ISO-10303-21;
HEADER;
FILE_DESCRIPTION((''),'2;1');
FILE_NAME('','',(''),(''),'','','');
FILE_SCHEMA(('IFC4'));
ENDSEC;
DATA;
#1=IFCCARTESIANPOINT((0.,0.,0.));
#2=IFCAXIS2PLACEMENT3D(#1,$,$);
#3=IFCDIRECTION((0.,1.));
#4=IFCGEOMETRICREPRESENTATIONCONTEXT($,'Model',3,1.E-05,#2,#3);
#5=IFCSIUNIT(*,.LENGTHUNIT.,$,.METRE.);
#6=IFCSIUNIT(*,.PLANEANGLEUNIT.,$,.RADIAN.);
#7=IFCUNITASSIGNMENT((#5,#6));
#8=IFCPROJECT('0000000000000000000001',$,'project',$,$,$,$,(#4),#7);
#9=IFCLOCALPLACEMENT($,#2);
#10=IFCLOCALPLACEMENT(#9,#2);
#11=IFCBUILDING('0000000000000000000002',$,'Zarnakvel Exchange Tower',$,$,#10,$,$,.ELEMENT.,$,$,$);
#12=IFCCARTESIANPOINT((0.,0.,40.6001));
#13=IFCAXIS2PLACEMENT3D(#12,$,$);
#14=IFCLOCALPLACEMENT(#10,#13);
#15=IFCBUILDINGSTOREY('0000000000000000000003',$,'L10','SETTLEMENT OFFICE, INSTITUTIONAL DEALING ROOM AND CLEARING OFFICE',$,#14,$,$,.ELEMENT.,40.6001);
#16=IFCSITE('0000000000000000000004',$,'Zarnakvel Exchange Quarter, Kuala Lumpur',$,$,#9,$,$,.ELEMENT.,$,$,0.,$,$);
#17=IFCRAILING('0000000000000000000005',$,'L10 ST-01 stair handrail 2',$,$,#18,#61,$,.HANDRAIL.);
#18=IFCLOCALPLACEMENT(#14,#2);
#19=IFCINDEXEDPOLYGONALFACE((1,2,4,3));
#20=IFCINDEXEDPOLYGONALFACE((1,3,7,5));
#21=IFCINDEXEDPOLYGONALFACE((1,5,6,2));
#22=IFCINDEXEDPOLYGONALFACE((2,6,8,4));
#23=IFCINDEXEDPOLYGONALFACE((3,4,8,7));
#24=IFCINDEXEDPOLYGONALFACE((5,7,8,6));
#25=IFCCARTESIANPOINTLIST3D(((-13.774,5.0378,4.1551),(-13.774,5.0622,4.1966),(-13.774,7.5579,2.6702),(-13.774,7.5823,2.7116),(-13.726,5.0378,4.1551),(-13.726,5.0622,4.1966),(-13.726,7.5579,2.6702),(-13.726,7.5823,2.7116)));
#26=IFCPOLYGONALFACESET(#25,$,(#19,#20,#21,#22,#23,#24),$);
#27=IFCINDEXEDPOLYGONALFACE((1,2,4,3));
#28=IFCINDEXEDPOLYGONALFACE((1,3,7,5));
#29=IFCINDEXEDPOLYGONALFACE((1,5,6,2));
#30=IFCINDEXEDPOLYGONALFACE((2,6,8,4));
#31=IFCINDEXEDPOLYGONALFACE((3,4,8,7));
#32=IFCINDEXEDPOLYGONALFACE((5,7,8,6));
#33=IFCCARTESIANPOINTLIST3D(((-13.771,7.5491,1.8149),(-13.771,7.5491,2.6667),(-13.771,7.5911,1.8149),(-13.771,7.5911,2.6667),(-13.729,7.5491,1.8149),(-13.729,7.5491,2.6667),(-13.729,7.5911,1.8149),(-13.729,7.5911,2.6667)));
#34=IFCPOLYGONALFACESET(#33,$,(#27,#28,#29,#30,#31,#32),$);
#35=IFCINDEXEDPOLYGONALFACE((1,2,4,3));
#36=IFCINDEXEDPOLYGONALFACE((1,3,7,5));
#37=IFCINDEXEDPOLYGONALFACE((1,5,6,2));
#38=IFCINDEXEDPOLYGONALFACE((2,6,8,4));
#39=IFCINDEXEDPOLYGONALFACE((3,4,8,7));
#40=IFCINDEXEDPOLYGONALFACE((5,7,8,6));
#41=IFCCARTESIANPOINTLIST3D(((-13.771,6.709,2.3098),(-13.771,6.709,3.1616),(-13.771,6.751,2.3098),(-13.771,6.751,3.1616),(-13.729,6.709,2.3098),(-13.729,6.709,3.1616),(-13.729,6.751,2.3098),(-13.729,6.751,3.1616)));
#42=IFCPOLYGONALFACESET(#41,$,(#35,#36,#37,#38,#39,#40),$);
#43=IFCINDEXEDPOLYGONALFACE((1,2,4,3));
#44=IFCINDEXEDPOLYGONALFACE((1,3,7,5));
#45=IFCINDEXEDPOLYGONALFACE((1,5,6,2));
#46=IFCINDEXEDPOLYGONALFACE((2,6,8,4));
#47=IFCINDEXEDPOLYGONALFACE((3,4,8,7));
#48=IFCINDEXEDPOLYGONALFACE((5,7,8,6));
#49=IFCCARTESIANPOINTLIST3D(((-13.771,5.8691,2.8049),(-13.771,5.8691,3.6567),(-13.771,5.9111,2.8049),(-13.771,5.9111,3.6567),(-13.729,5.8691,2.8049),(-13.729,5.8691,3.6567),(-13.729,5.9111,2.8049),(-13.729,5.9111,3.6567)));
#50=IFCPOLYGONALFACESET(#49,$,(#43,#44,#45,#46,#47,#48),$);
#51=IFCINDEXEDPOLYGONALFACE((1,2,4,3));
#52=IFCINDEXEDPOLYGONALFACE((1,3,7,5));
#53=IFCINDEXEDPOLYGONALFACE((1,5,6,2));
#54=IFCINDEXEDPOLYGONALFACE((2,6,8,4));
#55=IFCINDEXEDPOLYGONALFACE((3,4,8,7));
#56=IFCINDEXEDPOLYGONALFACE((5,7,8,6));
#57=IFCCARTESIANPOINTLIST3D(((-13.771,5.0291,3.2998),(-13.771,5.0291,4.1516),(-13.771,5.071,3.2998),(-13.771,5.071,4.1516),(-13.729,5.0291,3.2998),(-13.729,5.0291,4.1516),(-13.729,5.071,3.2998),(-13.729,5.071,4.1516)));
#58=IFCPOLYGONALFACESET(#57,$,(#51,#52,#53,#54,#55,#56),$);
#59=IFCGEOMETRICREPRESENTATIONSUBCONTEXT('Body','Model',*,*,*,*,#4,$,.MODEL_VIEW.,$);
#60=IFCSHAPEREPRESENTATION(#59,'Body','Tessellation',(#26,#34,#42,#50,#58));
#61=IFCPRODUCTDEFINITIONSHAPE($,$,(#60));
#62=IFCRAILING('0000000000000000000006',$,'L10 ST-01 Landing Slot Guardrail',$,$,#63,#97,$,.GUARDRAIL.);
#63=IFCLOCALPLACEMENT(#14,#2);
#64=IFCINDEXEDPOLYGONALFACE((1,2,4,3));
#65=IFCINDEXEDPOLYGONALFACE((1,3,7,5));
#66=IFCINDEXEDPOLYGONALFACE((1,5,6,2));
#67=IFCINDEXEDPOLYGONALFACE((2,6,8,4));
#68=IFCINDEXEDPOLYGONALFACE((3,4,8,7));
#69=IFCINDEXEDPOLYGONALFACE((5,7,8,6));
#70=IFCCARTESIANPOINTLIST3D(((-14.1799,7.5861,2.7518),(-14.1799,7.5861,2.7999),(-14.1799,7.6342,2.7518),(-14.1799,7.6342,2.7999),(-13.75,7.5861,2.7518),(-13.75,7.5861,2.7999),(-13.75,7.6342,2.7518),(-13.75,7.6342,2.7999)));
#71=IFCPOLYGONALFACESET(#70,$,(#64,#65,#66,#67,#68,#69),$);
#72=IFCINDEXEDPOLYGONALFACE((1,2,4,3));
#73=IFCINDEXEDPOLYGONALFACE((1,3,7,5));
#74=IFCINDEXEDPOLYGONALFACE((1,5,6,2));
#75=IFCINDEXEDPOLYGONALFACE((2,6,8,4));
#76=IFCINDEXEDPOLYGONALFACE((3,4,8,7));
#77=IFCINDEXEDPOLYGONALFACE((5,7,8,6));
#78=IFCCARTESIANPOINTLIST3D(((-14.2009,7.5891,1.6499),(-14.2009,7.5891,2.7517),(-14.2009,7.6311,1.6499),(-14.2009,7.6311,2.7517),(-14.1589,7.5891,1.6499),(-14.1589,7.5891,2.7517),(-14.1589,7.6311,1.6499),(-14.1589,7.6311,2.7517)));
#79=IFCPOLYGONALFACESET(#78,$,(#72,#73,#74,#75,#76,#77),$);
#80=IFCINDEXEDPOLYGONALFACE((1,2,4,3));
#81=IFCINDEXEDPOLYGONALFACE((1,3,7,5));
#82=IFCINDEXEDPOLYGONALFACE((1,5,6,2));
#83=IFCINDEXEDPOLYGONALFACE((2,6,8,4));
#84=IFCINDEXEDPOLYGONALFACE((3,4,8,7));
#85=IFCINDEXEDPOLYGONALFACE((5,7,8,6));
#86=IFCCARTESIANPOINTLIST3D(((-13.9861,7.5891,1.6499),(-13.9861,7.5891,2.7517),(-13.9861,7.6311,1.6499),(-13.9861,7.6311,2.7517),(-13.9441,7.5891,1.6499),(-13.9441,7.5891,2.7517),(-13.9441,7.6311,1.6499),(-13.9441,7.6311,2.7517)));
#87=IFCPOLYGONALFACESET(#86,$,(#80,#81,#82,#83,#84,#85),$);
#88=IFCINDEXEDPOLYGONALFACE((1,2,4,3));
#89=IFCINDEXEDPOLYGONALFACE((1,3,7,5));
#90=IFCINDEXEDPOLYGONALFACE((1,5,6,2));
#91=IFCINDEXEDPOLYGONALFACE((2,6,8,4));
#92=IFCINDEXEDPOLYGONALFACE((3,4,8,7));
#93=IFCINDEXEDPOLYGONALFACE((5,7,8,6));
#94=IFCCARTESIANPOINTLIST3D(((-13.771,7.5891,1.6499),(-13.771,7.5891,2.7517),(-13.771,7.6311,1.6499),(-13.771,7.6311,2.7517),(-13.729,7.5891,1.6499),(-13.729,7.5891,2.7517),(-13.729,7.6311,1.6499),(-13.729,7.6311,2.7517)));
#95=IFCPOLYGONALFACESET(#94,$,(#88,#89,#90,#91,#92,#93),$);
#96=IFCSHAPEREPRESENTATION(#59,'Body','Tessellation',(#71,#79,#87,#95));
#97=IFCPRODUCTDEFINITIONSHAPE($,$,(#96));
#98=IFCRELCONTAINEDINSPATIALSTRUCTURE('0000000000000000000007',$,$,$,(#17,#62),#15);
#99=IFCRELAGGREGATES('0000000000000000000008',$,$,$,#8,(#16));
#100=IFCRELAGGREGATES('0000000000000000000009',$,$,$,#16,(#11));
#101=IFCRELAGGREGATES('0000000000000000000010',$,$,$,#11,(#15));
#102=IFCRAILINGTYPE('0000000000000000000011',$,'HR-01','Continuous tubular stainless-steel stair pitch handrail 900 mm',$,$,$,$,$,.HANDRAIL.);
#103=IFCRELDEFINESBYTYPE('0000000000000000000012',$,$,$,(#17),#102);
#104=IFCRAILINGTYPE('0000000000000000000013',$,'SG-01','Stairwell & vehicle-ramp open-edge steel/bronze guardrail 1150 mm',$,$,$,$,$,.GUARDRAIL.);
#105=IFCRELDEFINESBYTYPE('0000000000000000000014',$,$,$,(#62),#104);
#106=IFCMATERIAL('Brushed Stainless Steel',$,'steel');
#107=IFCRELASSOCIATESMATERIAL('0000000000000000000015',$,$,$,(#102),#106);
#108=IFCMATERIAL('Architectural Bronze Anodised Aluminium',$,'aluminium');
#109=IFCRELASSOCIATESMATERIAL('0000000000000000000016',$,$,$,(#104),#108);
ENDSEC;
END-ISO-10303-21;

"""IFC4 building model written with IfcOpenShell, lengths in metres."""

from ifc_helpers import new_model, si_unit, direction, frame, origin, origin_2d, place, context, subcontext, project, spatial, rectangle, extrude, material, type_object, element, save


model = new_model("IFC4")

# Units and contexts
model_context = context("Model", 3, precision=1e-05, world=origin(), true_north=direction((0.0, 1.0)))
body_context = subcontext(model_context, "Body", "Model", "MODEL_VIEW")
ifc_project = project(units=[si_unit("LENGTHUNIT", "METRE"), si_unit("PLANEANGLEUNIT", "RADIAN")], contexts=[model_context])

# Site, building, storey
site_placement = place(None, origin())
site = spatial("IfcSite", under=ifc_project, at=site_placement, Name="Zarnakvel Exchange Quarter, Kuala Lumpur", CompositionType="ELEMENT", RefElevation=0.0)
building_placement = place(site_placement, origin())
building = spatial("IfcBuilding", under=site, at=building_placement, Name="Zarnakvel Exchange Tower", CompositionType="ELEMENT")
storey_placement = place(building_placement, frame((0.0, 0.0, 40.6001)))
storey = spatial("IfcBuildingStorey", under=building, at=storey_placement, Name="L10", Description="SETTLEMENT OFFICE, INSTITUTIONAL DEALING ROOM AND CLEARING OFFICE", CompositionType="ELEMENT", Elevation=40.6001)

# Shared definitions
ifc_material_1 = material(Name="Architectural Bronze Anodised Aluminium", Category="aluminium")

# Railings
ifc_material_2 = material(Name="Brushed Stainless Steel", Category="steel")
railing_type_1 = type_object("IfcRailingType", Name="HR-01", Description="Continuous tubular stainless-steel stair pitch handrail 900 mm", PredefinedType="HANDRAIL", material=ifc_material_2)
railing_1_placement = place(storey_placement, frame((-13.75, 7.5701, 1.8149)))
element("IfcRailing", 1, at=railing_1_placement, inside=storey, type_object=railing_type_1, Name="L10 ST-01 stair handrail 2", PredefinedType="HANDRAIL", context=body_context, shape_type="SweptSolid", body=[
    extrude(rectangle(XDim=0.0481, YDim=0.0481, at=origin_2d()), frame((0.0, 0.0, 0.876), z_axis=(0.0, -0.861561, 0.507655), x_axis=(1.0, 0.0, 0.0)), (0.0, 0.0, 1.0), 2.925),
    extrude(rectangle(XDim=0.042, YDim=0.042, at=origin_2d()), origin(), (0.0, 0.0, 1.0), 0.8518),
    extrude(rectangle(XDim=0.042, YDim=0.042, at=origin_2d()), frame((0.0, -0.8401, 0.4949)), (0.0, 0.0, 1.0), 0.8518),
    extrude(rectangle(XDim=0.042, YDim=0.042, at=origin_2d()), frame((0.0, -1.6799, 0.99)), (0.0, 0.0, 1.0), 0.8518),
    extrude(rectangle(XDim=0.042, YDim=0.042, at=origin_2d()), frame((0.0, -2.52, 1.4849)), (0.0, 0.0, 1.0), 0.8518),
])
railing_type_2 = type_object("IfcRailingType", Name="SG-01", Description="Stairwell & vehicle-ramp open-edge steel/bronze guardrail 1150 mm", PredefinedType="GUARDRAIL", material=ifc_material_1)
railing_2_placement = place(storey_placement, frame((-14.1799, 7.6101, 1.6499)))
element("IfcRailing", 2, at=railing_2_placement, inside=storey, type_object=railing_type_2, Name="L10 ST-01 Landing Slot Guardrail", PredefinedType="GUARDRAIL", context=body_context, shape_type="SweptSolid", body=[
    extrude(rectangle(XDim=0.0481, YDim=0.0481, at=origin_2d()), frame((0.0, 0.0, 1.126), z_axis=(1.0, 0.0, 0.0), x_axis=(0.0, 1.0, 0.0)), (0.0, 0.0, 1.0), 0.4299),
    extrude(rectangle(XDim=0.042, YDim=0.042, at=origin_2d()), origin(), (0.0, 0.0, 1.0), 1.1018),
    extrude(rectangle(XDim=0.042, YDim=0.042, at=origin_2d()), frame((0.2148, 0.0, 0.0)), (0.0, 0.0, 1.0), 1.1018),
    extrude(rectangle(XDim=0.042, YDim=0.042, at=origin_2d()), frame((0.4299, 0.0, 0.0)), (0.0, 0.0, 1.0), 1.1018),
])

save(model, "model.ifc")
